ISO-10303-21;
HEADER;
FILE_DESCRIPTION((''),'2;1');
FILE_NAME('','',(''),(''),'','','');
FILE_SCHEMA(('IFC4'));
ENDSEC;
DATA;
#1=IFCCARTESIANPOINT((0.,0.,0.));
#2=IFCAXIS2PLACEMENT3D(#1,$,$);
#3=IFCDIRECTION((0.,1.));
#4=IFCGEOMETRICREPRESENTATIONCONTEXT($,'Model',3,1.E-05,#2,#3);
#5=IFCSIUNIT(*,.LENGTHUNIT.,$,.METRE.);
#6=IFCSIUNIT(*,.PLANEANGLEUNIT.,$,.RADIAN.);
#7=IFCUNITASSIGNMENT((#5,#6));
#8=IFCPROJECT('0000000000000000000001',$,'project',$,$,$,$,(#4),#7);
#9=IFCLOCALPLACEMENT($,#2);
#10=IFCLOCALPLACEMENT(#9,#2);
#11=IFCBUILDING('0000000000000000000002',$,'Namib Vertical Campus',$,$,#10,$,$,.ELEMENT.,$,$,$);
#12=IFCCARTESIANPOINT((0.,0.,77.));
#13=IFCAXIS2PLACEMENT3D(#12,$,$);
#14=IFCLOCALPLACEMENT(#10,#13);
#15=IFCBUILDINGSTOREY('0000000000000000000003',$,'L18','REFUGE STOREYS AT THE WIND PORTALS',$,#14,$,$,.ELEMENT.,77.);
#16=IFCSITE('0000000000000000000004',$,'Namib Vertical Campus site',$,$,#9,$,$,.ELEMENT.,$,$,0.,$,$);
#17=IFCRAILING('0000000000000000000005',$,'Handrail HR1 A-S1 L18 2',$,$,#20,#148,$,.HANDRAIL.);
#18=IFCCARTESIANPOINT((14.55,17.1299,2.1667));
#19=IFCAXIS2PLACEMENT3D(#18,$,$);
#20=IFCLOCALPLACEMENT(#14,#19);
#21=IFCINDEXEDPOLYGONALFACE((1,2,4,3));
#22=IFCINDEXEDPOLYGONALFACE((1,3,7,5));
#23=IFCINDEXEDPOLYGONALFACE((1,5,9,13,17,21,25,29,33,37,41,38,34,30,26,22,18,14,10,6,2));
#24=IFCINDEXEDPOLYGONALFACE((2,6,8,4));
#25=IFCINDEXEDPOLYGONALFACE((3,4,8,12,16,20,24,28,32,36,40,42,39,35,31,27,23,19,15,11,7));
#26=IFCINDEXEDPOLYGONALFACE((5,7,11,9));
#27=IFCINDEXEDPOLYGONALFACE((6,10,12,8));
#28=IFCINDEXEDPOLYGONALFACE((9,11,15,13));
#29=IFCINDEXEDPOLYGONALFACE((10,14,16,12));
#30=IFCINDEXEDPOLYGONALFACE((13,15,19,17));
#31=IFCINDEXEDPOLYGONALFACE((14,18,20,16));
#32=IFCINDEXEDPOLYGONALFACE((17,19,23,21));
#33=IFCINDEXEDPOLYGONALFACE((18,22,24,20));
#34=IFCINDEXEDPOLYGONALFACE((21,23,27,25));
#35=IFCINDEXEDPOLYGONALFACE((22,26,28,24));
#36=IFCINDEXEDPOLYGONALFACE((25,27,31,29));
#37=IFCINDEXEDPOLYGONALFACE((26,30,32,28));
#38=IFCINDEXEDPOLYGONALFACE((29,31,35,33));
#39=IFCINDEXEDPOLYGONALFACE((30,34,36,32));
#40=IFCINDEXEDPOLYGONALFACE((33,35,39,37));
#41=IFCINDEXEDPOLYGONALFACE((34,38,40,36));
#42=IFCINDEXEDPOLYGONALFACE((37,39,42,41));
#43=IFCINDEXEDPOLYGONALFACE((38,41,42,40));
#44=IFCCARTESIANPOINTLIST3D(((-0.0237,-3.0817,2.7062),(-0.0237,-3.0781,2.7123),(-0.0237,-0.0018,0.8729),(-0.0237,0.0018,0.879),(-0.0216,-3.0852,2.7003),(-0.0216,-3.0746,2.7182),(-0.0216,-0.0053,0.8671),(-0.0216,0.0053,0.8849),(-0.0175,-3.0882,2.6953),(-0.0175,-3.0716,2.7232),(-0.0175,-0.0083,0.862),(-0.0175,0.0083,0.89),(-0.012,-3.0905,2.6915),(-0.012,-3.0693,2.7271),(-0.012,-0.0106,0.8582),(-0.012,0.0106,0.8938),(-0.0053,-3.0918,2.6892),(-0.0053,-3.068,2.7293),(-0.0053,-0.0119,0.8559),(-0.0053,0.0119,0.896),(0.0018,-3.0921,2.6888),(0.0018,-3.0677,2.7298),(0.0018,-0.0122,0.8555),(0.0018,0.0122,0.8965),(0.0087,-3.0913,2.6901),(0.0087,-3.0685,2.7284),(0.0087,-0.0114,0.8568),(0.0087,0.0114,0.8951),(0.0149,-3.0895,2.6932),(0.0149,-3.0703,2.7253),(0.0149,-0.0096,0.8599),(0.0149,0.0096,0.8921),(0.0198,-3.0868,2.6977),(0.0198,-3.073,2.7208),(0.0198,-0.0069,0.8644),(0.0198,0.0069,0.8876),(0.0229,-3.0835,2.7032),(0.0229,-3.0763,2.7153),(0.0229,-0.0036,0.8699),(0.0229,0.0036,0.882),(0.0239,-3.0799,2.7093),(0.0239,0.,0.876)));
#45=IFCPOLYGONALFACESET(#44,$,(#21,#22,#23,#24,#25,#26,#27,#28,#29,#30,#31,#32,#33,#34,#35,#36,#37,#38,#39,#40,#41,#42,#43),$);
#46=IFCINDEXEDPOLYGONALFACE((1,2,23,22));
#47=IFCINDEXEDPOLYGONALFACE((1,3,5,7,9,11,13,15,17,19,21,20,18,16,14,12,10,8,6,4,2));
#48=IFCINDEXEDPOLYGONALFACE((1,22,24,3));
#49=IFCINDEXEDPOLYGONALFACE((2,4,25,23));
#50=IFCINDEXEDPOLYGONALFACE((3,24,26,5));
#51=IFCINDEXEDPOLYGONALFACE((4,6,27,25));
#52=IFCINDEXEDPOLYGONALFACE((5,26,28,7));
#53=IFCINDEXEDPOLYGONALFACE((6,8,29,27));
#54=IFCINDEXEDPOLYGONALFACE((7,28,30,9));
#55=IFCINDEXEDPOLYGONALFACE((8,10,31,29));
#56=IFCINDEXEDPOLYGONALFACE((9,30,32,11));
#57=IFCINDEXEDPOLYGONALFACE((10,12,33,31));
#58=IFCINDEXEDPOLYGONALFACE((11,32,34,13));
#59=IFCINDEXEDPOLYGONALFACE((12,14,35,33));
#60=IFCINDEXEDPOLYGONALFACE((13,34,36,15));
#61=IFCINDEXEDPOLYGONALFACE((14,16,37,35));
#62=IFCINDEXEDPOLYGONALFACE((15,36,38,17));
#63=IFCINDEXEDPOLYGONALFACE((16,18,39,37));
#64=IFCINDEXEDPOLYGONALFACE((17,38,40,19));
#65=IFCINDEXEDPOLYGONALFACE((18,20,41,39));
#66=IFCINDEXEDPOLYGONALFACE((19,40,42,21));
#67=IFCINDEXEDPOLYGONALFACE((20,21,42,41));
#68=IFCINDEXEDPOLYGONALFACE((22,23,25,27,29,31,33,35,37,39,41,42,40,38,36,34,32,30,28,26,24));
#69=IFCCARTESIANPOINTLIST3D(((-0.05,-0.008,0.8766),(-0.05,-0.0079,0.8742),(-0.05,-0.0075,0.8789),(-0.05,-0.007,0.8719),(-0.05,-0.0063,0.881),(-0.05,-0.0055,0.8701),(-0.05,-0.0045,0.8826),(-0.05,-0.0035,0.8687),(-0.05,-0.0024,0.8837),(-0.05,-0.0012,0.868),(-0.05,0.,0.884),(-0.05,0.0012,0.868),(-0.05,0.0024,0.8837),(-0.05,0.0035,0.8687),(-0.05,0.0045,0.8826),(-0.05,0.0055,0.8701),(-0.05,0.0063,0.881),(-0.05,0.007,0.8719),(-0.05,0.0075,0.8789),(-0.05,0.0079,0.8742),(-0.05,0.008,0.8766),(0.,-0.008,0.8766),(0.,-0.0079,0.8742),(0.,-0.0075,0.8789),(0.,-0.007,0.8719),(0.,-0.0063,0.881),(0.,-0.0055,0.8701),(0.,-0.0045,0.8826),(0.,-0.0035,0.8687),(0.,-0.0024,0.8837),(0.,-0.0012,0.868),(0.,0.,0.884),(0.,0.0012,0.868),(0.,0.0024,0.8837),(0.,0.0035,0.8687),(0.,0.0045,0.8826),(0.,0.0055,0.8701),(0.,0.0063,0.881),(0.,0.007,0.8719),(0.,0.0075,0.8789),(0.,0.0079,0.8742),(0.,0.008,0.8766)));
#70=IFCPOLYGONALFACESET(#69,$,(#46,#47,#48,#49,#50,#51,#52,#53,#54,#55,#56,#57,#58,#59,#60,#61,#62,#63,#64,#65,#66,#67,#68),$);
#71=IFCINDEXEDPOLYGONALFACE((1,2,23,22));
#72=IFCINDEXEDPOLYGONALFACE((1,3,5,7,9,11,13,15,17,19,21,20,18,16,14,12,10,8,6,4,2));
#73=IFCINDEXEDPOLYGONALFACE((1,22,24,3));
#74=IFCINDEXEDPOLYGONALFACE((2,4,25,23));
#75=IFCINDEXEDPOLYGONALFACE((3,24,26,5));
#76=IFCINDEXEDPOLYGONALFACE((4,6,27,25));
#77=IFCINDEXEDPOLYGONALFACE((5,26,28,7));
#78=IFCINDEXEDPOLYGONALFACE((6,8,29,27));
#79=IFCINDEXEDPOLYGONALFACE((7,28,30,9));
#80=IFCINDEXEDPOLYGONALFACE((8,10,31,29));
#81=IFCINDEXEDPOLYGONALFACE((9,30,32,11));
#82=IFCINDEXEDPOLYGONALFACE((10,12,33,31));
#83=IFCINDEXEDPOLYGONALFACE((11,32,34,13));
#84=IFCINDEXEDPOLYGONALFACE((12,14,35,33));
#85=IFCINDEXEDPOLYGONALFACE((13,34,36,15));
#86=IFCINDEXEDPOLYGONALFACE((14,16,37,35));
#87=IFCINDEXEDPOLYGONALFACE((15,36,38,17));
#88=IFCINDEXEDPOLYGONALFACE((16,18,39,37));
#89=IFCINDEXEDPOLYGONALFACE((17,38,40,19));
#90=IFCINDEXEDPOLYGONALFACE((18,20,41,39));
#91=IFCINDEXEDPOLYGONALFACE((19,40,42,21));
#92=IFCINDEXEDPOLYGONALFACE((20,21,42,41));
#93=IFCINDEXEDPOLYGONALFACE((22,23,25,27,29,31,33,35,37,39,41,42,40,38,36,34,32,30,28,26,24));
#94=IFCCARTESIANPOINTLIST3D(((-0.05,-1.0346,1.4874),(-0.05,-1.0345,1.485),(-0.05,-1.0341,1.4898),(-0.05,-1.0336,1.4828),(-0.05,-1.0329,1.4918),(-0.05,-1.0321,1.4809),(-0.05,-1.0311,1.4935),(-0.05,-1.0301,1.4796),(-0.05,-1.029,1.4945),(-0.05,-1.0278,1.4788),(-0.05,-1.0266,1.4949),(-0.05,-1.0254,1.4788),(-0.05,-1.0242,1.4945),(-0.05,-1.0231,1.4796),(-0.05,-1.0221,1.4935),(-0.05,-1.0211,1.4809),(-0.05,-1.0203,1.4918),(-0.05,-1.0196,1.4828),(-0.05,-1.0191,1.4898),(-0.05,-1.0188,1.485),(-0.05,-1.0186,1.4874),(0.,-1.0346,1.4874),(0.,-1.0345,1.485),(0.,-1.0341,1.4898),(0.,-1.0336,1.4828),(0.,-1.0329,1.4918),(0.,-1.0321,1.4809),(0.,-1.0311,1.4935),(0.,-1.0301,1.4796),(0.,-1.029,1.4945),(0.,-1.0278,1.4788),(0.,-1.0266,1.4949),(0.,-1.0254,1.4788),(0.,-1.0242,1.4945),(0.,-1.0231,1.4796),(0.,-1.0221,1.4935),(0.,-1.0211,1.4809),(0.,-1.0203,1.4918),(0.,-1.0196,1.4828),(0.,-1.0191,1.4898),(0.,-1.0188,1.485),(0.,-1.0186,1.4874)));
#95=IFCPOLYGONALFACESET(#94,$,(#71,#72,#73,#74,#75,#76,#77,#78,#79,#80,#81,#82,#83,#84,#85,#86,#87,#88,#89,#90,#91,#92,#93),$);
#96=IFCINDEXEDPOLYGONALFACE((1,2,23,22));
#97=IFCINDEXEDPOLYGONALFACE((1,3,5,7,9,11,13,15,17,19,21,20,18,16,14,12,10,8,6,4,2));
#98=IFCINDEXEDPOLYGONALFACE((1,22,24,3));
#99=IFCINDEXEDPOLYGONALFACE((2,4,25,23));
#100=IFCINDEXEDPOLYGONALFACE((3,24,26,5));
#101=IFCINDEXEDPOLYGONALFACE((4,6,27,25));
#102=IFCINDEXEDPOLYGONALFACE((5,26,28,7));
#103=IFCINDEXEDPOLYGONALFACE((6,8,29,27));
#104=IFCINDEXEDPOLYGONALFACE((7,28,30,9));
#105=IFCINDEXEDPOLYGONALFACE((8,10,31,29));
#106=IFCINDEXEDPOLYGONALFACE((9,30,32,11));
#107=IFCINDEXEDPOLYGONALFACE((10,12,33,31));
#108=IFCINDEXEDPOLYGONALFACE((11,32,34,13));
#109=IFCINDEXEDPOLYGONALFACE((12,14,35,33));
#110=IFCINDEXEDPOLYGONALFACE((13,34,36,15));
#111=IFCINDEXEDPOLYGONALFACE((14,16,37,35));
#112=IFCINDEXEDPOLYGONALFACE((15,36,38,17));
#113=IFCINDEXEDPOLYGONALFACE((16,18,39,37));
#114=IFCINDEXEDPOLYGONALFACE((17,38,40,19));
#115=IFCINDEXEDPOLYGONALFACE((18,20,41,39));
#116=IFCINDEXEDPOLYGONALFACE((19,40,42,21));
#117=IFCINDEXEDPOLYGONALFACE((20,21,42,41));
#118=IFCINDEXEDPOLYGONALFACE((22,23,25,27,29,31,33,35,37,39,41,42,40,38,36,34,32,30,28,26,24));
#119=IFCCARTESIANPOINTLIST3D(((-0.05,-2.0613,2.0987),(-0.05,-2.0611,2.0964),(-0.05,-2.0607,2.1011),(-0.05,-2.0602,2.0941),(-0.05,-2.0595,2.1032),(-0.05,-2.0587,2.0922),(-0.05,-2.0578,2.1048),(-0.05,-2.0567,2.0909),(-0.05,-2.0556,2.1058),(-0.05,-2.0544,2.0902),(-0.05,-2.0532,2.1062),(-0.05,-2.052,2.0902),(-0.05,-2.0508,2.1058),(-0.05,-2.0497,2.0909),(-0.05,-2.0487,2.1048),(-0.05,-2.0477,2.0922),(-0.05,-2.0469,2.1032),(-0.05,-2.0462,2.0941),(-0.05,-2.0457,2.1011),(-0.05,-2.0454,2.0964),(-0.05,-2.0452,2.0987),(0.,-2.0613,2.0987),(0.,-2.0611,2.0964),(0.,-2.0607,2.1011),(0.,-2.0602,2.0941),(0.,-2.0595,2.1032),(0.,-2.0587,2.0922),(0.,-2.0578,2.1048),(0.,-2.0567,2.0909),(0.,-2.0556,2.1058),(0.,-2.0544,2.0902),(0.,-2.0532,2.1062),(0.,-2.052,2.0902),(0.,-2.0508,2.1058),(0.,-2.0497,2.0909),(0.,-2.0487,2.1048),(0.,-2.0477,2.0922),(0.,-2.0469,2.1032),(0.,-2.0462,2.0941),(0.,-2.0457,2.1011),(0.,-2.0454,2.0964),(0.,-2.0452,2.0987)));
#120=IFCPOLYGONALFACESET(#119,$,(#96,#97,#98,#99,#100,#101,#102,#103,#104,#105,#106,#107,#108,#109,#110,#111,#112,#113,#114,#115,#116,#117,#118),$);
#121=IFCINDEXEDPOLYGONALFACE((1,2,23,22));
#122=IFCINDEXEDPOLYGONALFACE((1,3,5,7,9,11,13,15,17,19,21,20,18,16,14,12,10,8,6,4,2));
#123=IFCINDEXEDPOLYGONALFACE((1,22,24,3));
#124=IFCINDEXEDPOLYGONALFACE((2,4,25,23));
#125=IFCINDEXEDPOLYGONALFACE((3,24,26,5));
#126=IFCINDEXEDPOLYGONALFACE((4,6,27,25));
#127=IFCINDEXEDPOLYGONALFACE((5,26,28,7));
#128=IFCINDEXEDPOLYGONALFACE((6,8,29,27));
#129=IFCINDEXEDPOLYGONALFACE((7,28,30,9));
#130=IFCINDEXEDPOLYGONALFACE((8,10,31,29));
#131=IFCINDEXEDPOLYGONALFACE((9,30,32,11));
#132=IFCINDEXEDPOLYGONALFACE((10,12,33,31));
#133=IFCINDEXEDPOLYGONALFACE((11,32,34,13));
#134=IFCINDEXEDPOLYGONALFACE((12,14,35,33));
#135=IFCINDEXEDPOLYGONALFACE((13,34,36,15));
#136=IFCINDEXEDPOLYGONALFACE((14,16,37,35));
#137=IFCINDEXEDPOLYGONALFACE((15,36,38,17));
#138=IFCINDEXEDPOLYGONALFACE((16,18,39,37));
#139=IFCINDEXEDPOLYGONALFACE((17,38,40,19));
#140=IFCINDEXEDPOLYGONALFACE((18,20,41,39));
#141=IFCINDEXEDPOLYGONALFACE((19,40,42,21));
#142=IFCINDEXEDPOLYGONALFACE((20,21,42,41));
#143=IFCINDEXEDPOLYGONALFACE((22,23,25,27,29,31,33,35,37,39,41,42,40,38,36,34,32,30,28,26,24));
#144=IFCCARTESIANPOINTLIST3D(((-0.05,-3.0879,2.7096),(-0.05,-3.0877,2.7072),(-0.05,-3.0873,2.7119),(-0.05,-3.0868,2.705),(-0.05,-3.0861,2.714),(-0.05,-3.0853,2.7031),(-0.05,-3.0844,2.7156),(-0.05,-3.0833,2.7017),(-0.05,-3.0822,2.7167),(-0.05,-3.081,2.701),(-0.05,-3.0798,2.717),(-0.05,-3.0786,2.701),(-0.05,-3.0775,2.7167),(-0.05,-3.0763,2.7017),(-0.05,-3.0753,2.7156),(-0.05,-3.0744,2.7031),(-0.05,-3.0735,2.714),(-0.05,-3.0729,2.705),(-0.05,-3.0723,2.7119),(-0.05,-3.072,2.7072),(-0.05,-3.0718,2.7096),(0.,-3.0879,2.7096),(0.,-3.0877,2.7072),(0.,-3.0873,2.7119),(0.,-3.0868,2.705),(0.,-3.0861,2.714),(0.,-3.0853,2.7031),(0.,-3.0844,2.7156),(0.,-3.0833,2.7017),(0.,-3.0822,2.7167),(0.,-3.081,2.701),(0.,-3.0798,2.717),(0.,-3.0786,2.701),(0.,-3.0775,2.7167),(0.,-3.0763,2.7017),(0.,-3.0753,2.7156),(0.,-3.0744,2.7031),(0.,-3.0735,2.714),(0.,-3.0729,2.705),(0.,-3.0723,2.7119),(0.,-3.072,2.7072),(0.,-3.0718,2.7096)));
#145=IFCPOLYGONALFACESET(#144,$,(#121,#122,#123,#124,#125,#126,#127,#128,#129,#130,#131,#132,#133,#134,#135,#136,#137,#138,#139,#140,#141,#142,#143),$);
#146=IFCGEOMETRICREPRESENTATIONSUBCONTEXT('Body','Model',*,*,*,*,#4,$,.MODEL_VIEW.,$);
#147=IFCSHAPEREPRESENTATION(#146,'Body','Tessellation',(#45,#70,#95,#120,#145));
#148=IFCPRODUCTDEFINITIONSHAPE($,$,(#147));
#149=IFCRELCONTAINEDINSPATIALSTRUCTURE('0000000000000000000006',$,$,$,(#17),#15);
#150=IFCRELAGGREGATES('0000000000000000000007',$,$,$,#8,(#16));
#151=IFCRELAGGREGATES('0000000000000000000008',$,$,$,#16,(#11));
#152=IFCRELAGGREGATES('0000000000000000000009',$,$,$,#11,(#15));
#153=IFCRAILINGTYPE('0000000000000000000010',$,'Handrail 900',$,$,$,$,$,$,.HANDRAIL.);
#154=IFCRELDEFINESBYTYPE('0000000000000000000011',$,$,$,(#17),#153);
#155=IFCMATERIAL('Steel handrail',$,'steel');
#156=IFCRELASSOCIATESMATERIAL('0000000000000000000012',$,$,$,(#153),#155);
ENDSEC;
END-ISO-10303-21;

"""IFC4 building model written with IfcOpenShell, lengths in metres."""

from ifc_helpers import new_model, si_unit, direction, frame, origin, origin_2d, place, context, subcontext, project, spatial, circle, extrude, material, type_object, element, save


model = new_model("IFC4")

# Units and contexts
model_context = context("Model", 3, precision=1e-05, world=origin(), true_north=direction((0.0, 1.0)))
body_context = subcontext(model_context, "Body", "Model", "MODEL_VIEW")
ifc_project = project(units=[si_unit("LENGTHUNIT", "METRE"), si_unit("PLANEANGLEUNIT", "RADIAN")], contexts=[model_context])

# Site, building, storey
site_placement = place(None, origin())
site = spatial("IfcSite", under=ifc_project, at=site_placement, Name="Namib Vertical Campus site", CompositionType="ELEMENT", RefElevation=0.0)
building_placement = place(site_placement, origin())
building = spatial("IfcBuilding", under=site, at=building_placement, Name="Namib Vertical Campus", CompositionType="ELEMENT")
storey_placement = place(building_placement, frame((0.0, 0.0, 77.0)))
storey = spatial("IfcBuildingStorey", under=building, at=storey_placement, Name="L18", Description="REFUGE STOREYS AT THE WIND PORTALS", CompositionType="ELEMENT", Elevation=77.0)

# Railing
ifc_material_1 = material(Name="Steel handrail", Category="steel")
railing_type_1 = type_object("IfcRailingType", Name="Handrail 900", PredefinedType="HANDRAIL", material=ifc_material_1)
railing_1_placement = place(storey_placement, frame((14.55, 17.1299, 2.1667)))
element("IfcRailing", 1, at=railing_1_placement, inside=storey, type_object=railing_type_1, Name="Handrail HR1 A-S1 L18 2", PredefinedType="HANDRAIL", context=body_context, shape_type="SweptSolid", body=[
    extrude(circle(Radius=0.0239, at=origin_2d()), frame((0.0, 0.0, 0.876), z_axis=(0.0, -0.859291, 0.511487), x_axis=(1.0, 0.0, 0.0)), (0.0, 0.0, 1.0), 3.5842),
    extrude(circle(Radius=0.0081, at=origin_2d()), frame((0.0, 0.0, 0.876), z_axis=(-1.0, 0.0, 0.0), x_axis=(0.0, 0.0, 1.0)), (0.0, 0.0, 1.0), 0.05),
    extrude(circle(Radius=0.0081, at=origin_2d()), frame((0.0, -1.0266, 1.4868), z_axis=(-1.0, 0.0, 0.0), x_axis=(0.0, 0.0, 1.0)), (0.0, 0.0, 1.0), 0.05),
    extrude(circle(Radius=0.0081, at=origin_2d()), frame((0.0, -2.0532, 2.0981), z_axis=(-1.0, 0.0, 0.0), x_axis=(0.0, 0.0, 1.0)), (0.0, 0.0, 1.0), 0.05),
    extrude(circle(Radius=0.0081, at=origin_2d()), frame((0.0, -3.0798, 2.709), z_axis=(-1.0, 0.0, 0.0), x_axis=(0.0, 0.0, 1.0)), (0.0, 0.0, 1.0), 0.05),
])

save(model, "model.ifc")
